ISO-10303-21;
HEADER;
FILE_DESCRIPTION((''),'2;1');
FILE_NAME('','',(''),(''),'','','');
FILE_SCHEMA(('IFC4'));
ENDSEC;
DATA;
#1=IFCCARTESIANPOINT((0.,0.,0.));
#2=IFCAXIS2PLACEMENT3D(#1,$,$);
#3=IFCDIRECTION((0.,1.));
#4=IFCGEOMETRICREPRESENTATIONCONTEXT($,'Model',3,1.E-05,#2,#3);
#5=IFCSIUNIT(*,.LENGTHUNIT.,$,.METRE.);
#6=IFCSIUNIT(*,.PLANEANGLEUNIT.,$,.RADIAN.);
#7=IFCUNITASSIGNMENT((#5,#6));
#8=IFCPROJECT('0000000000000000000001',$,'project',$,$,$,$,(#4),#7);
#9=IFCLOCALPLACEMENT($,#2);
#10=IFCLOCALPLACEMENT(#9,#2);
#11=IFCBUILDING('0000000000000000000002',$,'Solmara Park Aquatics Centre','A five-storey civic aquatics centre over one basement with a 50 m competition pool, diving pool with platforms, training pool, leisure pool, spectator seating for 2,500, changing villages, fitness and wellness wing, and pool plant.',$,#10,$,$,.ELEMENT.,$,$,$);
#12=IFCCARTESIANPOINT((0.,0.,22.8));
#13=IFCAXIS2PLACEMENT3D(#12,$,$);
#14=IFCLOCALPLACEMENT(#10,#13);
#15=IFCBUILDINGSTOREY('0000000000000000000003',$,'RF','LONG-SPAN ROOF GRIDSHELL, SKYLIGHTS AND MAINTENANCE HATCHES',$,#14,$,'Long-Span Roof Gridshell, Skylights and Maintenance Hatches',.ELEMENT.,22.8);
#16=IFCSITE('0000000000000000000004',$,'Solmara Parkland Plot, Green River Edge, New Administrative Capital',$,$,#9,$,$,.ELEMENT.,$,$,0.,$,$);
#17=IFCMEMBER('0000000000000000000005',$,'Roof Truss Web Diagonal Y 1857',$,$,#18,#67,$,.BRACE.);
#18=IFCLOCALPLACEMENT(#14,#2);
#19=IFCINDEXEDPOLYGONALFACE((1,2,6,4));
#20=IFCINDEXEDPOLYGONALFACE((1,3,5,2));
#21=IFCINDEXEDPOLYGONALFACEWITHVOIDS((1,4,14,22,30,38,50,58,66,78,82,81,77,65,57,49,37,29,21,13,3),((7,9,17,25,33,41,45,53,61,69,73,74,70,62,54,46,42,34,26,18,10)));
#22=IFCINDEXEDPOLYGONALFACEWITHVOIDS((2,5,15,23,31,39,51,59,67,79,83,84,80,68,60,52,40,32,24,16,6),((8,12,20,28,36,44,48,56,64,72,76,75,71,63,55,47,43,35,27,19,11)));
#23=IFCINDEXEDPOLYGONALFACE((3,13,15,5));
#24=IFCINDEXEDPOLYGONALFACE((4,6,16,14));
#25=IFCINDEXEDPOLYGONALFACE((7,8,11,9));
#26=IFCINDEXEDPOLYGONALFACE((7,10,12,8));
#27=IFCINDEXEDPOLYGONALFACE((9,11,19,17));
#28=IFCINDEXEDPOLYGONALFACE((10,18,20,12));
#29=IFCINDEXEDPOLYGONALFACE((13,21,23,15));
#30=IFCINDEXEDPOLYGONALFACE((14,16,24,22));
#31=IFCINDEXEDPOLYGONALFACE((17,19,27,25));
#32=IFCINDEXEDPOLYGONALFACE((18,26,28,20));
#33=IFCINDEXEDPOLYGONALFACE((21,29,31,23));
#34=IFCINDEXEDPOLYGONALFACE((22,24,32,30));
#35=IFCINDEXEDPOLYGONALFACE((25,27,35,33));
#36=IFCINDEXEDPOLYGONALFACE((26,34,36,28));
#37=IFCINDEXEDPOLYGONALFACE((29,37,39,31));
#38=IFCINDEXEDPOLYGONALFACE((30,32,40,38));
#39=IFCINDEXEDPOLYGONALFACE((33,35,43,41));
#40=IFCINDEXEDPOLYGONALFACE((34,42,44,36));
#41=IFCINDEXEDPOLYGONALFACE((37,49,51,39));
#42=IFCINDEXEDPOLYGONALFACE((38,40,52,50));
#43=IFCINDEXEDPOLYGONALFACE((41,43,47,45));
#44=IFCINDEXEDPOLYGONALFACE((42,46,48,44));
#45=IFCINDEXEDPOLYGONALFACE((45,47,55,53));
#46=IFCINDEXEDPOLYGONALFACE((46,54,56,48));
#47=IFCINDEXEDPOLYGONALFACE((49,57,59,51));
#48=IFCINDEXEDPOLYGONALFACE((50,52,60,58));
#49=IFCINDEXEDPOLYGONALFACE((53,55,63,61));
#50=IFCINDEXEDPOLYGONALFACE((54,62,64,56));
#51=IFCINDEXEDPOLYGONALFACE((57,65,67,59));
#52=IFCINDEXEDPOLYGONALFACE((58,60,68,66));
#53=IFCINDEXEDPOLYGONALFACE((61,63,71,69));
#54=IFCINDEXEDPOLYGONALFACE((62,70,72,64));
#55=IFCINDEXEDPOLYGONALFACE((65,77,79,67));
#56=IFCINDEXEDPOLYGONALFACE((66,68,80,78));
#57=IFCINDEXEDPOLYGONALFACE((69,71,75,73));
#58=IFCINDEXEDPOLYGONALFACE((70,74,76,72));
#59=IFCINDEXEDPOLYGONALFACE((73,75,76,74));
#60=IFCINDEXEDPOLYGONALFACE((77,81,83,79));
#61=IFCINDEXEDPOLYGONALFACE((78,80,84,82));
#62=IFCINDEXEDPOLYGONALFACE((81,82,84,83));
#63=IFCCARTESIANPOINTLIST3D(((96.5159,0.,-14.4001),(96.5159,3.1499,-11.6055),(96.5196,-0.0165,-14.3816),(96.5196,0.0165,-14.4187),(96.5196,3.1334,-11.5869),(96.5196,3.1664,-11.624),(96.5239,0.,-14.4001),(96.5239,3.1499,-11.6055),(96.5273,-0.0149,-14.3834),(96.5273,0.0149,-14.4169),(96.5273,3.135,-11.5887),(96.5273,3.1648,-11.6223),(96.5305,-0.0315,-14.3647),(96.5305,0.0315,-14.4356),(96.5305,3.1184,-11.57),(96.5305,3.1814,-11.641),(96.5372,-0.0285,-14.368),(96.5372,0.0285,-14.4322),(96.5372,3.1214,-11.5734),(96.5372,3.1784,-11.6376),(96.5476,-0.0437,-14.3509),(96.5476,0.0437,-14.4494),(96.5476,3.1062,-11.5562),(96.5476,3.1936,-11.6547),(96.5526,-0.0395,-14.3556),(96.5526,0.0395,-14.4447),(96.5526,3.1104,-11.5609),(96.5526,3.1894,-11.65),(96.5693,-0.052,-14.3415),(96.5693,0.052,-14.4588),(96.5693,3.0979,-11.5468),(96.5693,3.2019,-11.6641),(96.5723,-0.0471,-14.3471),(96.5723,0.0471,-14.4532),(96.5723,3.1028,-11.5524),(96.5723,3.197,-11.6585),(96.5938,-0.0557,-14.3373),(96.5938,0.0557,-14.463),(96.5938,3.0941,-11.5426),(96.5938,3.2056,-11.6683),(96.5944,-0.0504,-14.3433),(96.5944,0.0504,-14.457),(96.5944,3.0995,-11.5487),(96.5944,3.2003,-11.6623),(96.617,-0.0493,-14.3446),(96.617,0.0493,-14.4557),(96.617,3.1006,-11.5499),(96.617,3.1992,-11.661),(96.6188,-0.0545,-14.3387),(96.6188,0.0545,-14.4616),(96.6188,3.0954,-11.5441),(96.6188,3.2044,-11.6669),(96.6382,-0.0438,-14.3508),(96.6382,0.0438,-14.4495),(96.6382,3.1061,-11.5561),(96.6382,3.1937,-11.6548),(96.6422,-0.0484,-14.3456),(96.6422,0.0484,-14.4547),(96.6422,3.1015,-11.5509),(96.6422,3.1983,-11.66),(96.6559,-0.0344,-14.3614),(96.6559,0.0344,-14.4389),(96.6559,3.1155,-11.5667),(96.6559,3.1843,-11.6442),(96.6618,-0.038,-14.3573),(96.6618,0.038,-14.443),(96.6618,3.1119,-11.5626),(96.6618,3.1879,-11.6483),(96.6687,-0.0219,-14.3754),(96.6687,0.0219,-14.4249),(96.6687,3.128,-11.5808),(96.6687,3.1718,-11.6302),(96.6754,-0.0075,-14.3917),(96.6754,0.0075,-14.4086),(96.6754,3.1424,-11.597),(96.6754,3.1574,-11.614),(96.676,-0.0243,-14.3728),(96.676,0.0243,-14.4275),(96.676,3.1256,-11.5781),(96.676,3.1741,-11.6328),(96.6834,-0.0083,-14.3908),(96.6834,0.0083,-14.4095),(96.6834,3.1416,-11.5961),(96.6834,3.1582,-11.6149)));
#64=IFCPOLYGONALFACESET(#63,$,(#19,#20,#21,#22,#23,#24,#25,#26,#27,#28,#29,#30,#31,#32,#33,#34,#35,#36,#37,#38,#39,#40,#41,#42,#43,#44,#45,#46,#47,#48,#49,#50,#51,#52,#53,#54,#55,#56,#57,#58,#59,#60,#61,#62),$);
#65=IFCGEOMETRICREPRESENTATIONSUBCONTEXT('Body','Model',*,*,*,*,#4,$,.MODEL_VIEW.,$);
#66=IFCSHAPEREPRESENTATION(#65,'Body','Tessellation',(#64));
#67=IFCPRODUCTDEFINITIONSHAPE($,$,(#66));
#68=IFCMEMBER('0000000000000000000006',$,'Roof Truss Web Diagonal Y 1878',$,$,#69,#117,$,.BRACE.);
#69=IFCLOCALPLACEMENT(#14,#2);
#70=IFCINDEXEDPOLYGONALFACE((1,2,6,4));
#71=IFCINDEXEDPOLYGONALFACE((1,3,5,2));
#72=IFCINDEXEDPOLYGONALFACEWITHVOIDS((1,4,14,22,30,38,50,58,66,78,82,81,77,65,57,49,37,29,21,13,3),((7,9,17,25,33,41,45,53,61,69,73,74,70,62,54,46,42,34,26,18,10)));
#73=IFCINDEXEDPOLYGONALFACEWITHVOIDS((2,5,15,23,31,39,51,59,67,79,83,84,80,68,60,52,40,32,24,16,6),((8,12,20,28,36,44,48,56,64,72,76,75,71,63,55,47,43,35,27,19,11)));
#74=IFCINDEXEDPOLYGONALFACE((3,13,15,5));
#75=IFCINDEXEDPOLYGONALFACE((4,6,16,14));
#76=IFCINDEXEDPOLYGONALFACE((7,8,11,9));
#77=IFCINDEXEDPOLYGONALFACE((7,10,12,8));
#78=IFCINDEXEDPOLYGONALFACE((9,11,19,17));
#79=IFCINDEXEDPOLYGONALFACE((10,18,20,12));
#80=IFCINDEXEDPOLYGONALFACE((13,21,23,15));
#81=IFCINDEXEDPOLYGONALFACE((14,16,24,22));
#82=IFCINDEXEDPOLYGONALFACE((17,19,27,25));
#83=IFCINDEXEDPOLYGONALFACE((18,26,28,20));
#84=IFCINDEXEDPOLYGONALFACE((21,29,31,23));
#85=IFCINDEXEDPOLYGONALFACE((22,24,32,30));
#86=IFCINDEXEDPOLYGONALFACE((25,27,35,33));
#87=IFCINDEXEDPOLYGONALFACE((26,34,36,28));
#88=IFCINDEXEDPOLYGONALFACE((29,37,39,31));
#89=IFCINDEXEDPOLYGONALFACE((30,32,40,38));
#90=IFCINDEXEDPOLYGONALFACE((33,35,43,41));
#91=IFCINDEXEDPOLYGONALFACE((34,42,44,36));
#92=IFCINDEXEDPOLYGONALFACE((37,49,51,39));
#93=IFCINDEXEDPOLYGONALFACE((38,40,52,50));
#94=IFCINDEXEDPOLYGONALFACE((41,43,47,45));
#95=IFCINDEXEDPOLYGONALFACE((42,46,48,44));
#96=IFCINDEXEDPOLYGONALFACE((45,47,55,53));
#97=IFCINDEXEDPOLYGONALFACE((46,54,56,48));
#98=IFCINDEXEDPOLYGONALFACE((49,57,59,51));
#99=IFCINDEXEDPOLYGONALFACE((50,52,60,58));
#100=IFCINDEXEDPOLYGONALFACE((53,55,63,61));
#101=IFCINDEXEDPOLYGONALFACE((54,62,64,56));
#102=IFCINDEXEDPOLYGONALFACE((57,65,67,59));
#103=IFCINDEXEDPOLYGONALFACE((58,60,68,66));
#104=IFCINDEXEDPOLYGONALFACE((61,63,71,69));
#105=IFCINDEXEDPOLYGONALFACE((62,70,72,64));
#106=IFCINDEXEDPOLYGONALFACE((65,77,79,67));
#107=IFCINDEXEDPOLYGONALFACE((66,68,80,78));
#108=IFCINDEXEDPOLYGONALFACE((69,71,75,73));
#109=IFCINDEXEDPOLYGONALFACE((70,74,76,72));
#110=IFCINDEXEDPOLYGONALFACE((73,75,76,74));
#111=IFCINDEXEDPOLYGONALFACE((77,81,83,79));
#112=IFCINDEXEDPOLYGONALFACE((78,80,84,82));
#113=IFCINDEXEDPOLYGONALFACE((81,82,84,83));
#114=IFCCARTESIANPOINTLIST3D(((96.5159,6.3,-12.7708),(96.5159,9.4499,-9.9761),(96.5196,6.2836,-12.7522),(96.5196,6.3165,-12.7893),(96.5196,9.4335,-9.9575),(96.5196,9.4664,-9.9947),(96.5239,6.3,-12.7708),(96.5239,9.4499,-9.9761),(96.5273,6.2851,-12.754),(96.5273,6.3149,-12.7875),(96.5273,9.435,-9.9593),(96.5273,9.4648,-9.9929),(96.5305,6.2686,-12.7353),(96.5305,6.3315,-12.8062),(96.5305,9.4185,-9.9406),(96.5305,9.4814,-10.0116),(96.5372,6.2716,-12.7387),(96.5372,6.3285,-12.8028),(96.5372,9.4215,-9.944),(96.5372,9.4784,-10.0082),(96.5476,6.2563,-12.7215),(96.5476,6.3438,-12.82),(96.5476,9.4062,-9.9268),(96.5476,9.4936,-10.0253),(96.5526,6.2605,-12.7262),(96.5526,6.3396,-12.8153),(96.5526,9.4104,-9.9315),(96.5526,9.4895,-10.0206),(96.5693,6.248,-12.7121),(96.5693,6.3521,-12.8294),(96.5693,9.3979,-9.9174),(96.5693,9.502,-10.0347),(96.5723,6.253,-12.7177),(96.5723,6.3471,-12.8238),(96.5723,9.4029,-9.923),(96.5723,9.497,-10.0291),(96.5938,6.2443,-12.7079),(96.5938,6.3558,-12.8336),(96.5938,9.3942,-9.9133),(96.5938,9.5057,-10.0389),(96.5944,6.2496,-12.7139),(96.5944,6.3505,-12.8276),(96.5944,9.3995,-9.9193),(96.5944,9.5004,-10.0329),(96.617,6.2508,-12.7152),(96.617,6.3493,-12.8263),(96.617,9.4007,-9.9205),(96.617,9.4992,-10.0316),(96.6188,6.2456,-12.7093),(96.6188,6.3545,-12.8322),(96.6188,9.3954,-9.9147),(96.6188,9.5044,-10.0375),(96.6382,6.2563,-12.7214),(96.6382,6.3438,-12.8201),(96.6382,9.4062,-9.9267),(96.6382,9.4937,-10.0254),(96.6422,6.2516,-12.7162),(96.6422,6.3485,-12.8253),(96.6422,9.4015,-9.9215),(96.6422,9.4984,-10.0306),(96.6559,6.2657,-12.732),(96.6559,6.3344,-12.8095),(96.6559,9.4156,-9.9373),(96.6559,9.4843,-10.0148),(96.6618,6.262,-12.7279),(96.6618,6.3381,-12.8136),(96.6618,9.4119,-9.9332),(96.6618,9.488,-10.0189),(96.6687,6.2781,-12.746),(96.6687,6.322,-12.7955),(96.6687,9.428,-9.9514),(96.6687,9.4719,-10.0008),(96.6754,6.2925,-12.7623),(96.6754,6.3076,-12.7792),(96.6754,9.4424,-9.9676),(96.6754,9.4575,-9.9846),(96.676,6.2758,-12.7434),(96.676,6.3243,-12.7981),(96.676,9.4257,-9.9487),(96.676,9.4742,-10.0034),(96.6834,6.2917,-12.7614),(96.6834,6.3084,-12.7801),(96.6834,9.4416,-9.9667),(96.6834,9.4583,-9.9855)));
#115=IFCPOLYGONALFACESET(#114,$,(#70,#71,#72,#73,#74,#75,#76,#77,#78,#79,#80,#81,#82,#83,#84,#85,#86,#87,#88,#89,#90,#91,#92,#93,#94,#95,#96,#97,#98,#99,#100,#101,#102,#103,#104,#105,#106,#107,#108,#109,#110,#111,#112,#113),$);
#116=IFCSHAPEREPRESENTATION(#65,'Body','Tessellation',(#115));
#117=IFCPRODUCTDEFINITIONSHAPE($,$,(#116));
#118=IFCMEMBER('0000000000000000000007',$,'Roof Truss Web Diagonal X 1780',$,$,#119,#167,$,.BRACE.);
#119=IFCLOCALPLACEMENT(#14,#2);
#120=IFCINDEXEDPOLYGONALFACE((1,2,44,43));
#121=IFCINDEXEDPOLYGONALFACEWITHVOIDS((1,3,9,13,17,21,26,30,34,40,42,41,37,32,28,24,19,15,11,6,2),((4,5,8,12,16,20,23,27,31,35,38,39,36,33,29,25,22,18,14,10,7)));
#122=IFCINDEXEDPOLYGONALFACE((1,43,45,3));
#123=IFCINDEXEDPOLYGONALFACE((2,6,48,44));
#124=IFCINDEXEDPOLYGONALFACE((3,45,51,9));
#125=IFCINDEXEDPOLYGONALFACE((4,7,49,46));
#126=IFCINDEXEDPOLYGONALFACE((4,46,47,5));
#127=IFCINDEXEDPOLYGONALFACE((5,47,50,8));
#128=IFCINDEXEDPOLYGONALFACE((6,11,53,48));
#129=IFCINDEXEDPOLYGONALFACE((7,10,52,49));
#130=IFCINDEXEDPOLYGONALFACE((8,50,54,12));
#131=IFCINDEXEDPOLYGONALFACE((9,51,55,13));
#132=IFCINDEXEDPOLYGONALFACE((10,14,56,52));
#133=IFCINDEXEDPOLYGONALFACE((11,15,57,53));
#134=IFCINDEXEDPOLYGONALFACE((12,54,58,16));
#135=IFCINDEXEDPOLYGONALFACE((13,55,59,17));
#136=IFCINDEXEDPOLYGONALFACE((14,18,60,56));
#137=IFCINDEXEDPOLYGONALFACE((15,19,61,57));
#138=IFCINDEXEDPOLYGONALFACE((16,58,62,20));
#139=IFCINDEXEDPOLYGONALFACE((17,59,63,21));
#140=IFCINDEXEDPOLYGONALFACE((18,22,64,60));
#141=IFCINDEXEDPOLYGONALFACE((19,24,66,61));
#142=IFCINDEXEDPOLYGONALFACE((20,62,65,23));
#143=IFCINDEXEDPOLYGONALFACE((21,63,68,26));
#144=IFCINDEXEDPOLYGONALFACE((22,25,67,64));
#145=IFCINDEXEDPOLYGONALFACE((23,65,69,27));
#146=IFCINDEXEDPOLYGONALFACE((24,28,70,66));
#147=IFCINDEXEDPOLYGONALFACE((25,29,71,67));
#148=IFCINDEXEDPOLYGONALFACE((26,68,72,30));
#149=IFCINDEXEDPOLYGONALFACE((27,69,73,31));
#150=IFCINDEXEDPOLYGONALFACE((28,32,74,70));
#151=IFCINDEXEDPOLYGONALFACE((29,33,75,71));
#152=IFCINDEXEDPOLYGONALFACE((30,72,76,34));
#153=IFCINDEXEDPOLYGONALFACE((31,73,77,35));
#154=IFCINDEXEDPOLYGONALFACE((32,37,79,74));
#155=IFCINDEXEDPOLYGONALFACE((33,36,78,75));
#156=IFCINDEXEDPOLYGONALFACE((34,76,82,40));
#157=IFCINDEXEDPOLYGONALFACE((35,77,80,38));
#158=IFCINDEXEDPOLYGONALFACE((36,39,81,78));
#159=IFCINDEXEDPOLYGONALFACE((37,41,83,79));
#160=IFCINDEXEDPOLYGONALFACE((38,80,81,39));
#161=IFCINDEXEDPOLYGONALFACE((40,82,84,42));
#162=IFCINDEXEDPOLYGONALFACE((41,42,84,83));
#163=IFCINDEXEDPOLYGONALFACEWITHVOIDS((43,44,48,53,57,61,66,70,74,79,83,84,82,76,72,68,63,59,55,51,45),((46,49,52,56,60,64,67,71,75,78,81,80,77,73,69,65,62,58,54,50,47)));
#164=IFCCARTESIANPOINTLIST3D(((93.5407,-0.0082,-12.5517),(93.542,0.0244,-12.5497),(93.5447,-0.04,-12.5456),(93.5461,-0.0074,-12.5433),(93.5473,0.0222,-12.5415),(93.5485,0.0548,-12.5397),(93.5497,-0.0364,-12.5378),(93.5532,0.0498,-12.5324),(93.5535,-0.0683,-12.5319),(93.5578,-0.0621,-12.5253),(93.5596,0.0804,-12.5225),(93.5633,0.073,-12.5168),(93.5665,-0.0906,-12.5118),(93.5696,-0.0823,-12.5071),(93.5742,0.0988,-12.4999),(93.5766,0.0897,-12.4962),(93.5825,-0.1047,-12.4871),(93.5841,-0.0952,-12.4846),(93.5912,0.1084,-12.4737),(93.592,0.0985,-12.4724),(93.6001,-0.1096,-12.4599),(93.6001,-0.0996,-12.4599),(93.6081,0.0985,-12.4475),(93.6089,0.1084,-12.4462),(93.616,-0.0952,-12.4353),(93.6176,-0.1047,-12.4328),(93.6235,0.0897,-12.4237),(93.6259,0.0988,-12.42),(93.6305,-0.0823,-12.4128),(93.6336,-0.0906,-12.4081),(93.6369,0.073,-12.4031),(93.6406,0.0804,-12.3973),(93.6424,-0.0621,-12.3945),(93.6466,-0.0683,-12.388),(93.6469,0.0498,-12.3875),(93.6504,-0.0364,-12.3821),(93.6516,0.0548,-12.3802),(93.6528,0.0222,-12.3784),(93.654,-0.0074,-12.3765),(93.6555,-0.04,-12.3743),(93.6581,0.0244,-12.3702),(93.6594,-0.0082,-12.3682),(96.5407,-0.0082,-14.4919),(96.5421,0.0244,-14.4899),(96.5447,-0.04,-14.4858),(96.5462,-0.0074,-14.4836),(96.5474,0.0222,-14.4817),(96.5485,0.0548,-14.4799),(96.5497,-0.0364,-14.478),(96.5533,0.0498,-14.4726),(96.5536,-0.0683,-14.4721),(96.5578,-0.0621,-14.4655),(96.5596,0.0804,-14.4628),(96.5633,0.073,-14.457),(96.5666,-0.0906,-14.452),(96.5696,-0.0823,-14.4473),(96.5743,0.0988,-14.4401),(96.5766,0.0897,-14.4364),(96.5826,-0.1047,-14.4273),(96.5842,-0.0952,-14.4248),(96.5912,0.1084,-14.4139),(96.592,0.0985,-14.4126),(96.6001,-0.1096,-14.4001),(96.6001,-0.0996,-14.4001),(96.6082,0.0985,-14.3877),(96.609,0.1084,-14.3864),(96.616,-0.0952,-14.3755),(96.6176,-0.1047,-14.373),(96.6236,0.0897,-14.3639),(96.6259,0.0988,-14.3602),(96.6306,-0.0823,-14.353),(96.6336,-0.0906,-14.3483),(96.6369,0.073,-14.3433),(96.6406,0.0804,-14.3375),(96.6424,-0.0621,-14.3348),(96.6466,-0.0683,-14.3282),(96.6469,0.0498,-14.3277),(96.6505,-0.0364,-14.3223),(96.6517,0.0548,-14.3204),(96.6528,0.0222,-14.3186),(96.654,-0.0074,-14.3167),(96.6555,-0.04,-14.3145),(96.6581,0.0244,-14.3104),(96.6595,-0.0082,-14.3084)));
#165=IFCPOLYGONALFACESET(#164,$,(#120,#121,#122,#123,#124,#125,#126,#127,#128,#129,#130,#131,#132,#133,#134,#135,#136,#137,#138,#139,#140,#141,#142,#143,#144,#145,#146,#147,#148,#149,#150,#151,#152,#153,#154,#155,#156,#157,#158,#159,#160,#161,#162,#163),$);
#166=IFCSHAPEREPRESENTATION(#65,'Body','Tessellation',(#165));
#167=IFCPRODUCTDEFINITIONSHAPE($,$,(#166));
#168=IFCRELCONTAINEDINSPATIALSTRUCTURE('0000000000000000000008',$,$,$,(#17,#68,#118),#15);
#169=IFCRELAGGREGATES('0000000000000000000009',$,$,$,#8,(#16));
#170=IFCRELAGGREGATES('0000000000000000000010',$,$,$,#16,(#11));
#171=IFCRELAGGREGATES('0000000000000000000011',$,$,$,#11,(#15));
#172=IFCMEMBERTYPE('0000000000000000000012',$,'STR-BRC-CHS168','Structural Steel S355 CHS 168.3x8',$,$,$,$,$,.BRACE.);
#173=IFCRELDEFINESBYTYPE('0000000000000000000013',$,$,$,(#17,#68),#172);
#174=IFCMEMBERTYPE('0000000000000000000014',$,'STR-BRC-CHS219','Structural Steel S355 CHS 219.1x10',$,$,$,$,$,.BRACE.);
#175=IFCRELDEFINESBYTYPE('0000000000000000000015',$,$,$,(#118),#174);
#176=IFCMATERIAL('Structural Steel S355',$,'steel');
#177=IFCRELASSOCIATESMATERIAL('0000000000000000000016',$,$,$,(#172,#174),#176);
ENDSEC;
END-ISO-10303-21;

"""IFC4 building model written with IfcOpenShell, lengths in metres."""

from ifc_helpers import new_model, si_unit, direction, frame, origin, origin_2d, place, context, subcontext, project, spatial, hollow_circle, extrude, material, material_profile, profile_set, type_object, element, save


model = new_model("IFC4")

# Units and contexts
model_context = context("Model", 3, precision=1e-05, world=origin(), true_north=direction((0.0, 1.0)))
body_context = subcontext(model_context, "Body", "Model", "MODEL_VIEW")
ifc_project = project(units=[si_unit("LENGTHUNIT", "METRE"), si_unit("PLANEANGLEUNIT", "RADIAN")], contexts=[model_context])

# Site, building, storey
site_placement = place(None, origin())
site = spatial("IfcSite", under=ifc_project, at=site_placement, Name="Solmara Parkland Plot, Green River Edge, New Administrative Capital", CompositionType="ELEMENT", RefElevation=0.0)
building_placement = place(site_placement, origin())
building = spatial("IfcBuilding", under=site, at=building_placement, Name="Solmara Park Aquatics Centre", Description="A five-storey civic aquatics centre over one basement with a 50 m competition pool, diving pool with platforms, training pool, leisure pool, spectator seating for 2,500, changing villages, fitness and wellness wing, and pool plant.", CompositionType="ELEMENT")
storey_placement = place(building_placement, frame((0.0, 0.0, 22.8)))
storey = spatial("IfcBuildingStorey", under=building, at=storey_placement, Name="RF", Description="LONG-SPAN ROOF GRIDSHELL, SKYLIGHTS AND MAINTENANCE HATCHES", LongName="Long-Span Roof Gridshell, Skylights and Maintenance Hatches", CompositionType="ELEMENT", Elevation=22.8)

# Members
ifc_material_1 = material(Name="Structural Steel S355", Category="steel")
ifc_material_profile_1 = material_profile(ifc_material_1, hollow_circle(Radius=0.0842, WallThickness=0.0081, at=origin_2d()), Name="CHS 168.3x8")
ifc_profile_set_1 = profile_set([ifc_material_profile_1], Name="Structural Steel S355")
member_type_1 = type_object("IfcMemberType", Name="STR-BRC-CHS168", Description="Structural Steel S355 CHS 168.3x8", PredefinedType="BRACE", material=ifc_profile_set_1)
for number, where, z_axis, x_axis, name in (
    (1, (96.6001, 0.0, -14.4001), (0.0, 0.748026, 0.663669), (-1.0, 0.0, 0.0), "Roof Truss Web Diagonal Y 1857"),
    (2, (96.6001, 6.3, -12.7708), (0.0, 0.748026, 0.663669), (-1.0, 0.0, 0.0), "Roof Truss Web Diagonal Y 1878"),
):
    element("IfcMember", number, at=place(storey_placement, frame(where, z_axis=z_axis, x_axis=x_axis)), inside=storey, type_object=member_type_1, Name=name, PredefinedType="BRACE", context=body_context, shape_type="SweptSolid", body=[
        extrude(hollow_circle(Radius=0.0842, WallThickness=0.0081, at=origin_2d()), origin(), (0.0, 0.0, 1.0), 4.2109),
    ])
ifc_material_profile_2 = material_profile(ifc_material_1, hollow_circle(Radius=0.1096, WallThickness=0.01, at=origin_2d()), Name="CHS 219.1x10")
ifc_profile_set_2 = profile_set([ifc_material_profile_2], Name="Structural Steel S355")
member_type_2 = type_object("IfcMemberType", Name="STR-BRC-CHS219", Description="Structural Steel S355 CHS 219.1x10", PredefinedType="BRACE", material=ifc_profile_set_2)
member_1_placement = place(storey_placement, frame((96.6001, 0.0, -14.4001), z_axis=(-0.839697, 0.0, 0.543056), x_axis=(0.0, -1.0, 0.0)))
element("IfcMember", 3, at=member_1_placement, inside=storey, type_object=member_type_2, Name="Roof Truss Web Diagonal X 1780", PredefinedType="BRACE", context=body_context, shape_type="SweptSolid", body=[
    extrude(hollow_circle(Radius=0.1096, WallThickness=0.01, at=origin_2d()), origin(), (0.0, 0.0, 1.0), 3.5728),
])

save(model, "model.ifc")
